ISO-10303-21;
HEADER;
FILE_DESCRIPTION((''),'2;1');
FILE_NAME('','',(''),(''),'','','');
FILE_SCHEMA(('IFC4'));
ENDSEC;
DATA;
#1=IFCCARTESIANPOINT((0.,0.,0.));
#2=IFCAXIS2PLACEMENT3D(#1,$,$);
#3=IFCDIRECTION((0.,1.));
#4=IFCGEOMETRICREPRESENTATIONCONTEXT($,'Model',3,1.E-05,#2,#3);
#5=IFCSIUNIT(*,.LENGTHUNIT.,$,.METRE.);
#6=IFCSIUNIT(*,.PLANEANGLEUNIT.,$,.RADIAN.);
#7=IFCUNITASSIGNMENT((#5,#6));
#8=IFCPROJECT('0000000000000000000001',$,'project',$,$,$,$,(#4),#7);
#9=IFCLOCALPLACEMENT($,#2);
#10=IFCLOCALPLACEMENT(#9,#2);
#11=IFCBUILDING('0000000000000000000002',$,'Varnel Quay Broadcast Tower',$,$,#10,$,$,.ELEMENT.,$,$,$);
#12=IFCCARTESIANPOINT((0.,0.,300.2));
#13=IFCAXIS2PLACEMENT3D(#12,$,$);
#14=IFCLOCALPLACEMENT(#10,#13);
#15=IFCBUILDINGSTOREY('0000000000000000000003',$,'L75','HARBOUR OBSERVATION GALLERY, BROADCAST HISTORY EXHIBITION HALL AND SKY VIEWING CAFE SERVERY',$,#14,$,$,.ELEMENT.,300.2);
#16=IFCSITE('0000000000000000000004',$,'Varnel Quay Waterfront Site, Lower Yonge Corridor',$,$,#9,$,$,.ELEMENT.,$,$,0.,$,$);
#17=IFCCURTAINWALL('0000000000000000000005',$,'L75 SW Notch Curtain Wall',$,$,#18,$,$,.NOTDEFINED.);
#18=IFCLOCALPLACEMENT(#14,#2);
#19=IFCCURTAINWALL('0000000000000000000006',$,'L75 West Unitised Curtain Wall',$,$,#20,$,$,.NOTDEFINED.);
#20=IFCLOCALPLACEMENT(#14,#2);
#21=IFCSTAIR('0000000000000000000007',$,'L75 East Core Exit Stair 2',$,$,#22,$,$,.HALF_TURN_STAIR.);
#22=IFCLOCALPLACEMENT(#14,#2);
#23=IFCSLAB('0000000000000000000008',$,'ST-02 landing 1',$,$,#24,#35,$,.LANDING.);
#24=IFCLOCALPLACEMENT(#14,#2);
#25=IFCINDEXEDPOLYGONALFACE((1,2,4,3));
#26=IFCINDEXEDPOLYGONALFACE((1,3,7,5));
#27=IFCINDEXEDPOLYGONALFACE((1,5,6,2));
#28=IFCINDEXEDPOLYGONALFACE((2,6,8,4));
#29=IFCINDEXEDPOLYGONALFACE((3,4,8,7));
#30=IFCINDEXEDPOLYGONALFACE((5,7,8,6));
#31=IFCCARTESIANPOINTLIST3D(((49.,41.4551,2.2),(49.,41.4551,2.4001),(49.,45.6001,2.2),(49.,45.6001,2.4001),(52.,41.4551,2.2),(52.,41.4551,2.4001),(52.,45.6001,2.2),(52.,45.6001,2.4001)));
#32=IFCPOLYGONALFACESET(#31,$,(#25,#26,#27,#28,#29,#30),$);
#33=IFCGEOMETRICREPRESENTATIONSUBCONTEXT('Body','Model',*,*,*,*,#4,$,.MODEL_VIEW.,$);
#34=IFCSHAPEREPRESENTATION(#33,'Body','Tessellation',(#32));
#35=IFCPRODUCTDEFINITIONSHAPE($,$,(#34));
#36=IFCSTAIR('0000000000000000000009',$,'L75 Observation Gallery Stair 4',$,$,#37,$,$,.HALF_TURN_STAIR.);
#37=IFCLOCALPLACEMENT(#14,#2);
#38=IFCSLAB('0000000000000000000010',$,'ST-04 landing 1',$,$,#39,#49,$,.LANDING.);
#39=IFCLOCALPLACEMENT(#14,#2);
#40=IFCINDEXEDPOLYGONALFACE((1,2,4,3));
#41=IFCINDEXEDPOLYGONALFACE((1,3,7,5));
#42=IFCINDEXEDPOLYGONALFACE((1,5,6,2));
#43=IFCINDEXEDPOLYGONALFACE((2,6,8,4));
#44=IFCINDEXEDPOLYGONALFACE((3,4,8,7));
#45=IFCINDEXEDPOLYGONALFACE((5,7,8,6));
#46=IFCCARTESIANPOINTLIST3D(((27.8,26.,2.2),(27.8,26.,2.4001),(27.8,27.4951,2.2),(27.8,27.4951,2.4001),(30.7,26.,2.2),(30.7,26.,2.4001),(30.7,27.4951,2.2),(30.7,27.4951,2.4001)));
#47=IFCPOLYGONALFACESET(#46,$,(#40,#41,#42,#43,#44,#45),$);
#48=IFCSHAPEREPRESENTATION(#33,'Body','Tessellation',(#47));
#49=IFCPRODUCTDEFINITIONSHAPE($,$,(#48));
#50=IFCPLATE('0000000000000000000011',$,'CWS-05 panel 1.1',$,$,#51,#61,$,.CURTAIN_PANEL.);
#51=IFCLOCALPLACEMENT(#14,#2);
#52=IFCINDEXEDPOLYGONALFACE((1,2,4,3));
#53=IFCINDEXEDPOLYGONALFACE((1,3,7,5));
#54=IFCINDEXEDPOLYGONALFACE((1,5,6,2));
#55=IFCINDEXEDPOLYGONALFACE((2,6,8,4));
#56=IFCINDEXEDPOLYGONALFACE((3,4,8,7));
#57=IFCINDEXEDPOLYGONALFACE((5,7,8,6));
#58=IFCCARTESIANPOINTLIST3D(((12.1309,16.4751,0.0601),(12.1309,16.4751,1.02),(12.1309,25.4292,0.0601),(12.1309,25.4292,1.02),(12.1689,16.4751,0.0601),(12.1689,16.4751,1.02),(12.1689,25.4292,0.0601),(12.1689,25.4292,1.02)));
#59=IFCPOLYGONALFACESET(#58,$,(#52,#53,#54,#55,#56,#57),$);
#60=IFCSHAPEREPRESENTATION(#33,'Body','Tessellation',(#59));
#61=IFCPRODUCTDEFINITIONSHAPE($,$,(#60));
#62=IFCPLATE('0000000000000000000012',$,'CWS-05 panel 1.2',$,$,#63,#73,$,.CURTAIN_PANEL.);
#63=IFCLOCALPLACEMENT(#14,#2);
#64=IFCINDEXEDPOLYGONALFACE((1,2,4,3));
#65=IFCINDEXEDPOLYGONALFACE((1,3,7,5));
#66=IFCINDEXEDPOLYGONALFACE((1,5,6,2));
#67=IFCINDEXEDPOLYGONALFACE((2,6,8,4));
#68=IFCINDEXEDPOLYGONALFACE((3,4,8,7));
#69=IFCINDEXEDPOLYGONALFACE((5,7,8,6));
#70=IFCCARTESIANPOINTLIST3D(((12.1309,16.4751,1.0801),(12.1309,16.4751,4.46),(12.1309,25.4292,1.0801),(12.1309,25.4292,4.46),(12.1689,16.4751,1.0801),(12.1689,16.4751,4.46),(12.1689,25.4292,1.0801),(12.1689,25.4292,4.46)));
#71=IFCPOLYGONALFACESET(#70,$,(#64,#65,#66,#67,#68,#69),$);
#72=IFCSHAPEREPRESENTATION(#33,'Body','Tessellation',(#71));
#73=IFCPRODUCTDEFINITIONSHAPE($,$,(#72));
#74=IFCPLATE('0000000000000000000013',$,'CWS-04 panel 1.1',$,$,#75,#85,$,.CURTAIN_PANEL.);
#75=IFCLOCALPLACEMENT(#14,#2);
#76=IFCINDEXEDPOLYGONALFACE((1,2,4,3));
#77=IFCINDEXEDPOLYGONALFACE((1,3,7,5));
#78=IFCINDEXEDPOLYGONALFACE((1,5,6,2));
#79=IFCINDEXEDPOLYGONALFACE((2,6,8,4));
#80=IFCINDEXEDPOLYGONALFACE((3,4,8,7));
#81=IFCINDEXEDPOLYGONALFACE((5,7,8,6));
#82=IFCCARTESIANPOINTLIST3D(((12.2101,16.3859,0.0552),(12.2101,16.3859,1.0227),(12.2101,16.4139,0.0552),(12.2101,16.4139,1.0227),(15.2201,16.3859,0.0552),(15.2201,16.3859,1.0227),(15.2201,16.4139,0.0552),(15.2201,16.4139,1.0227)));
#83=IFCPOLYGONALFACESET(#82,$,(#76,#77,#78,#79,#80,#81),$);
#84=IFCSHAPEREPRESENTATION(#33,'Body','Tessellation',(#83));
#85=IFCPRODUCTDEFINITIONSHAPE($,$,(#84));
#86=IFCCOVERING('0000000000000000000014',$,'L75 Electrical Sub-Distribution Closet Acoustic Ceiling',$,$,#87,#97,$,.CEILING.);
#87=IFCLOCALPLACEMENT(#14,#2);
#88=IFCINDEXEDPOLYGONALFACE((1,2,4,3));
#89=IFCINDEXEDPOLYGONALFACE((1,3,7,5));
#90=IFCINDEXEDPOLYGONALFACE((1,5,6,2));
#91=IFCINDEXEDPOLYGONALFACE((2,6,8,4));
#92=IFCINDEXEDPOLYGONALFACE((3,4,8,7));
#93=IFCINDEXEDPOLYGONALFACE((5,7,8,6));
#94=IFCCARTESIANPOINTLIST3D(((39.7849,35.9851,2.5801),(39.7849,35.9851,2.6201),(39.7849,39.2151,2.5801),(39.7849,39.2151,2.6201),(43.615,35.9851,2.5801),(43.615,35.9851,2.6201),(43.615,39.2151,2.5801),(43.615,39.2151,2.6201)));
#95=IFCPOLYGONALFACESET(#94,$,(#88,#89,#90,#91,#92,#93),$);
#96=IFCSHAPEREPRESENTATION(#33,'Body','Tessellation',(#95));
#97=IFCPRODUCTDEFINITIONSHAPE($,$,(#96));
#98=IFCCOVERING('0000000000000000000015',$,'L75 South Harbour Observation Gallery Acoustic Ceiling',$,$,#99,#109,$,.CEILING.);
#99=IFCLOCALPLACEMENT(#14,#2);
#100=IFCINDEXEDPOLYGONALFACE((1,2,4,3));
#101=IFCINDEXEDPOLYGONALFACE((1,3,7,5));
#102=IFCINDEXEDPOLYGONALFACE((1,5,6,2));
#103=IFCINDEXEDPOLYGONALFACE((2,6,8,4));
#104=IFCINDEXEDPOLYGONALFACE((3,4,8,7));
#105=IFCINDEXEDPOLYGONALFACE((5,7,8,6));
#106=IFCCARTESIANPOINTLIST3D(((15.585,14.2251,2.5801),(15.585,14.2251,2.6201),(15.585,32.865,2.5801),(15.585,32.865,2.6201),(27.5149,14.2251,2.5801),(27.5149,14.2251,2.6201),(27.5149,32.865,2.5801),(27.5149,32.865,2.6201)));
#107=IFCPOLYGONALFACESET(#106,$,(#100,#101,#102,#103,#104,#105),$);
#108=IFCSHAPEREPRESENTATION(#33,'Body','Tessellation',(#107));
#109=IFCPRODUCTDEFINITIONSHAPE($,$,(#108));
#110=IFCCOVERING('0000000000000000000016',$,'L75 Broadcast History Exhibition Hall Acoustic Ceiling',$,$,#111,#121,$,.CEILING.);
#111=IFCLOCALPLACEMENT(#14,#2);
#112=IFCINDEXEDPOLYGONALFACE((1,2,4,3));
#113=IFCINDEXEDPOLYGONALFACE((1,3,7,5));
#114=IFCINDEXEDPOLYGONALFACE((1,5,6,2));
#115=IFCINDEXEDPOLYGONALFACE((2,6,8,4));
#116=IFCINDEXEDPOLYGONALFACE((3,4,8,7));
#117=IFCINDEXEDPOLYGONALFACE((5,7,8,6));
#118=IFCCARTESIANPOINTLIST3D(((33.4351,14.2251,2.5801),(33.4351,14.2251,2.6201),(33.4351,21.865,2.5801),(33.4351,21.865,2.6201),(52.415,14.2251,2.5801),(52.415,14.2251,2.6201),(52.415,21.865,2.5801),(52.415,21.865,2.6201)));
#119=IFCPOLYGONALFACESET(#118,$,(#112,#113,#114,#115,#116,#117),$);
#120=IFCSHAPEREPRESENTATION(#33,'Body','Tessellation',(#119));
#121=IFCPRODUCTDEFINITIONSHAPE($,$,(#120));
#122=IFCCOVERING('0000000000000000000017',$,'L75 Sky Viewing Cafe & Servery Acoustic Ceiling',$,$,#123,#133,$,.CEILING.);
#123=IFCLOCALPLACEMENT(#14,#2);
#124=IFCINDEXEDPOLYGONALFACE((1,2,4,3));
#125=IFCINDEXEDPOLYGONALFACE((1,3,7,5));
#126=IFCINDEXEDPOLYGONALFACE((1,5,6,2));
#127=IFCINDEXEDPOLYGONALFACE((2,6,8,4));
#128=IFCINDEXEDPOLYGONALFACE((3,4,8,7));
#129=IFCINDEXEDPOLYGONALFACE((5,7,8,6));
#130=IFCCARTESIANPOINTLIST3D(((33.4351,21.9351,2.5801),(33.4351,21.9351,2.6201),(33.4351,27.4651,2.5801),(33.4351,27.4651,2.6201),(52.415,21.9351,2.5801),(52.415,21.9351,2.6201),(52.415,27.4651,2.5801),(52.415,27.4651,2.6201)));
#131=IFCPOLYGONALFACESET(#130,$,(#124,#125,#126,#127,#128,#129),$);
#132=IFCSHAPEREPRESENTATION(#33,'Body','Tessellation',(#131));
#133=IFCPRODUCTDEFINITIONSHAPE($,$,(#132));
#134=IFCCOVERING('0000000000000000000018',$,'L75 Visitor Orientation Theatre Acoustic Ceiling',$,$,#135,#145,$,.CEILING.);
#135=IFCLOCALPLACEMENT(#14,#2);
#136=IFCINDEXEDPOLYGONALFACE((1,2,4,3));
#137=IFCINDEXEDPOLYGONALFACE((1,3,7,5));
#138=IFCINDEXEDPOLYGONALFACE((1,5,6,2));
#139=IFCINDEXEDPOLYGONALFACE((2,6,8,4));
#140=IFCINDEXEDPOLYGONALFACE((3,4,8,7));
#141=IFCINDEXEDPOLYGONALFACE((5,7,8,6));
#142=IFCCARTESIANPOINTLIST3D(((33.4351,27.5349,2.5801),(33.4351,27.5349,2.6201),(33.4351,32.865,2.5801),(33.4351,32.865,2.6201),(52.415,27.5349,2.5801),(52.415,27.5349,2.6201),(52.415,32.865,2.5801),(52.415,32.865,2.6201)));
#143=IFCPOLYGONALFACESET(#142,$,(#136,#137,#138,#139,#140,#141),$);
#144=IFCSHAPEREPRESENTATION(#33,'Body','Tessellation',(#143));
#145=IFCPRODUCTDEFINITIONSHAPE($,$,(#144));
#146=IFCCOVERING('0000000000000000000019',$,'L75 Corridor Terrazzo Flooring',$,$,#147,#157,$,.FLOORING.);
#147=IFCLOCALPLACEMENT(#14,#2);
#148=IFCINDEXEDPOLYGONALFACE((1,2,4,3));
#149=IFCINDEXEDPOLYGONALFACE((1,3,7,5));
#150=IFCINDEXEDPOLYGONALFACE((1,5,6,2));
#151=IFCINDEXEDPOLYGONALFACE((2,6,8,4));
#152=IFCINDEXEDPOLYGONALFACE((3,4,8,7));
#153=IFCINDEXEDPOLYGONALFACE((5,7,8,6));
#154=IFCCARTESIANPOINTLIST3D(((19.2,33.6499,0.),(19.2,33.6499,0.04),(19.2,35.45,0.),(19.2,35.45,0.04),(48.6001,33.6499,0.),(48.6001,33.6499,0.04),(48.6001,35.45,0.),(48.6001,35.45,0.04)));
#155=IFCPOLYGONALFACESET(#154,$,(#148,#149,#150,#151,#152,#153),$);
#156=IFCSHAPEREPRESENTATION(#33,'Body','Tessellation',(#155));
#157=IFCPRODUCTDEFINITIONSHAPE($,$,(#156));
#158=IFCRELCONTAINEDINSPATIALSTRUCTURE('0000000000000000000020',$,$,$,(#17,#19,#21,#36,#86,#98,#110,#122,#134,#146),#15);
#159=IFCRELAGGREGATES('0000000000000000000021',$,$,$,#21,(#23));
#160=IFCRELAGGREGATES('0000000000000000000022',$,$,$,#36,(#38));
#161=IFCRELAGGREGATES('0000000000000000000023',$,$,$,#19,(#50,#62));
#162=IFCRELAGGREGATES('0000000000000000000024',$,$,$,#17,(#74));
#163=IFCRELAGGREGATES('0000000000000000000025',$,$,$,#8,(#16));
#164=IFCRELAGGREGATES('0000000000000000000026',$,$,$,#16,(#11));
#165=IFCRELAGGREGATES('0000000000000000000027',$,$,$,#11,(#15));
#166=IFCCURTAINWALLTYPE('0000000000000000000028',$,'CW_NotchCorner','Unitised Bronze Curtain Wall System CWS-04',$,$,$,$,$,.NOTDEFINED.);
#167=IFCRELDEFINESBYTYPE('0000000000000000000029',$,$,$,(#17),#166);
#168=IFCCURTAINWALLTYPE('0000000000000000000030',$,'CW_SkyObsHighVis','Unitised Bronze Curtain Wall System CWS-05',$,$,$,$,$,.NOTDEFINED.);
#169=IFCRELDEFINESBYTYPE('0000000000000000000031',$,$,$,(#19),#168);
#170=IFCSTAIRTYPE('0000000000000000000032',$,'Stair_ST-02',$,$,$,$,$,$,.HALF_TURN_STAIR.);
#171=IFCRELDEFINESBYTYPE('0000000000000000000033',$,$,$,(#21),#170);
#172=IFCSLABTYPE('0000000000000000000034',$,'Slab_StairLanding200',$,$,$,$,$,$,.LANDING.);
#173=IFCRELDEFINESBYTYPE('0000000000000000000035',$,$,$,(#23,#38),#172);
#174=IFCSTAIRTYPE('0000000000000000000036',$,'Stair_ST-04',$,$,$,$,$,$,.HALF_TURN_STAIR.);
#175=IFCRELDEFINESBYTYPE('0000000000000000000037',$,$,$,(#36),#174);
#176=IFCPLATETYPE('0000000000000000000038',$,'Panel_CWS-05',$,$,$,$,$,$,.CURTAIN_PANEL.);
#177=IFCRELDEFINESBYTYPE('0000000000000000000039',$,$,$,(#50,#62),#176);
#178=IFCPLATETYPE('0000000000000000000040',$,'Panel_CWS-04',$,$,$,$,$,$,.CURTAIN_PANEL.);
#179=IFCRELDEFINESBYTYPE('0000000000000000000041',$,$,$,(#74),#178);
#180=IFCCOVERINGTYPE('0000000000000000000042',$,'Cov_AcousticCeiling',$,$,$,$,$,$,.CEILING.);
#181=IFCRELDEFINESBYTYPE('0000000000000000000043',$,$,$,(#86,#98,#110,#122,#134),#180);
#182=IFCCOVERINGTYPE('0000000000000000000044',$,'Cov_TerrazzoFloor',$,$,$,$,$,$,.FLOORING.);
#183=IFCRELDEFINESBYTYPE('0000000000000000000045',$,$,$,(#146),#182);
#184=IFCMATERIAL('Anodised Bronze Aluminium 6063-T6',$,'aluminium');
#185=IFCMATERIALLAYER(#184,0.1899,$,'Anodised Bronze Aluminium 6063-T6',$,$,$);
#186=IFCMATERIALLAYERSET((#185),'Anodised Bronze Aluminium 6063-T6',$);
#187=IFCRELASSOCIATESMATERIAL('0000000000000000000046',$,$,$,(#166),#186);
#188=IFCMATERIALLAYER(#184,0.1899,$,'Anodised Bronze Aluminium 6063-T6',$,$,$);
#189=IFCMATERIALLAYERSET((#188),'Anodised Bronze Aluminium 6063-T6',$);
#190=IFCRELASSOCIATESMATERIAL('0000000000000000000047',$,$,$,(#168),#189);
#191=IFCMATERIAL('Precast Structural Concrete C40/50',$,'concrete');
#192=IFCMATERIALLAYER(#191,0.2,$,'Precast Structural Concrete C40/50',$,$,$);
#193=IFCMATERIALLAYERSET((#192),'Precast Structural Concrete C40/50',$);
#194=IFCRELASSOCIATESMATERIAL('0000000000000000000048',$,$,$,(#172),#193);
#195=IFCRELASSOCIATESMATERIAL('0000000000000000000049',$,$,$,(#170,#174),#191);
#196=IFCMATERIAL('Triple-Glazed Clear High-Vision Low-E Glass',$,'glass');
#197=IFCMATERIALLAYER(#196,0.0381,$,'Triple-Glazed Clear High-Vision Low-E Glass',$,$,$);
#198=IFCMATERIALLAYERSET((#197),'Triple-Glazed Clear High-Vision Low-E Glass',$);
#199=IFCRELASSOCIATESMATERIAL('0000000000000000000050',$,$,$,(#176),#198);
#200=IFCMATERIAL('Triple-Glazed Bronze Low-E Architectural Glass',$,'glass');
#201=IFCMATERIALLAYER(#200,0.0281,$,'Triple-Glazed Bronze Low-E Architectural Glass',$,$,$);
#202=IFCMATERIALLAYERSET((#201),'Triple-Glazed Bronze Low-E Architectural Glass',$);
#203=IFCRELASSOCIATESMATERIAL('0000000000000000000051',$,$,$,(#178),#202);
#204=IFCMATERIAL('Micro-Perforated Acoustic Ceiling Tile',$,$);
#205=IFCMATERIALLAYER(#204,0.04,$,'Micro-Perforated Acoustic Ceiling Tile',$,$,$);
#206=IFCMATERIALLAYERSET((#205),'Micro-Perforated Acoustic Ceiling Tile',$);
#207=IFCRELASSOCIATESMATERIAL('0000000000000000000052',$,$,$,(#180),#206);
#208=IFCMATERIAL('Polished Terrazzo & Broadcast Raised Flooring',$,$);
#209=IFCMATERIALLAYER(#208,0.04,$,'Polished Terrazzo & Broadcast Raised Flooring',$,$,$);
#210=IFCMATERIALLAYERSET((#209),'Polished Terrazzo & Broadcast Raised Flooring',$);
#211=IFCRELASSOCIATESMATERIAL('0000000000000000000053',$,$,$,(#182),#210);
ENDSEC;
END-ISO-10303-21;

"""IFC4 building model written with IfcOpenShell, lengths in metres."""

from ifc_helpers import new_model, si_unit, direction, frame, origin, origin_2d, place, context, subcontext, project, spatial, polyline, rectangle, outline, extrude, source, transform, mapped, material, layer, layer_set, type_object, type_shapes, element, aggregate, save


model = new_model("IFC4")

# Units and contexts
model_context = context("Model", 3, precision=1e-05, world=origin(), true_north=direction((0.0, 1.0)))
body_context = subcontext(model_context, "Body", "Model", "MODEL_VIEW")
ifc_project = project(units=[si_unit("LENGTHUNIT", "METRE"), si_unit("PLANEANGLEUNIT", "RADIAN")], contexts=[model_context])

# Site, building, storey
site_placement = place(None, origin())
site = spatial("IfcSite", under=ifc_project, at=site_placement, Name="Varnel Quay Waterfront Site, Lower Yonge Corridor", CompositionType="ELEMENT", RefElevation=0.0)
building_placement = place(site_placement, origin())
building = spatial("IfcBuilding", under=site, at=building_placement, Name="Varnel Quay Broadcast Tower", CompositionType="ELEMENT")
storey_placement = place(building_placement, frame((0.0, 0.0, 300.2)))
storey = spatial("IfcBuildingStorey", under=building, at=storey_placement, Name="L75", Description="HARBOUR OBSERVATION GALLERY, BROADCAST HISTORY EXHIBITION HALL AND SKY VIEWING CAFE SERVERY", CompositionType="ELEMENT", Elevation=300.2)

# Curtain walls
ifc_material_1 = material(Name="Anodised Bronze Aluminium 6063-T6", Category="aluminium")
ifc_layer_1 = layer(ifc_material_1, 0.1899, Name="Anodised Bronze Aluminium 6063-T6")
ifc_layer_set_1 = layer_set([ifc_layer_1], Name="Anodised Bronze Aluminium 6063-T6")
curtain_wall_type_1 = type_object("IfcCurtainWallType", Name="CW_NotchCorner", Description="Unitised Bronze Curtain Wall System CWS-04", PredefinedType="NOTDEFINED", material=ifc_layer_set_1)
curtain_wall_1_placement = place(storey_placement, origin())
curtain_wall_1 = element("IfcCurtainWall", 1, at=curtain_wall_1_placement, inside=storey, type_object=curtain_wall_type_1, Name="L75 SW Notch Curtain Wall", PredefinedType="NOTDEFINED")
ifc_layer_2 = layer(ifc_material_1, 0.1899, Name="Anodised Bronze Aluminium 6063-T6")
ifc_layer_set_2 = layer_set([ifc_layer_2], Name="Anodised Bronze Aluminium 6063-T6")
curtain_wall_type_2 = type_object("IfcCurtainWallType", Name="CW_SkyObsHighVis", Description="Unitised Bronze Curtain Wall System CWS-05", PredefinedType="NOTDEFINED", material=ifc_layer_set_2)
curtain_wall_2_placement = place(storey_placement, origin())
curtain_wall_2 = element("IfcCurtainWall", 2, at=curtain_wall_2_placement, inside=storey, type_object=curtain_wall_type_2, Name="L75 West Unitised Curtain Wall", PredefinedType="NOTDEFINED")

# Stairs, slabs
ifc_material_2 = material(Name="Precast Structural Concrete C40/50", Category="concrete")
ifc_layer_3 = layer(ifc_material_2, 0.2, Name="Precast Structural Concrete C40/50")
ifc_layer_set_3 = layer_set([ifc_layer_3], Name="Precast Structural Concrete C40/50")
slab_type_1 = type_object("IfcSlabType", Name="Slab_StairLanding200", PredefinedType="LANDING", material=ifc_layer_set_3)
stair_type_1 = type_object("IfcStairType", Name="Stair_ST-02", PredefinedType="HALF_TURN_STAIR", material=ifc_material_2)
stair_1_placement = place(storey_placement, origin())
stair_1 = element("IfcStair", 3, at=stair_1_placement, inside=storey, type_object=stair_type_1, Name="L75 East Core Exit Stair 2", PredefinedType="HALF_TURN_STAIR")
slab_1_placement = place(storey_placement, frame((0.0, 0.0, 2.2)))
slab_1 = element("IfcSlab", 4, at=slab_1_placement, type_object=slab_type_1, Name="ST-02 landing 1", PredefinedType="LANDING", context=body_context, shape_type="SweptSolid", body=[
    extrude(outline(polyline([(52.0, 41.4551), (52.0, 45.6001), (49.0, 45.6001), (49.0, 41.4551), (52.0, 41.4551)])), origin(), (0.0, 0.0, 1.0), 0.2002),
])
aggregate(stair_1, [slab_1])
stair_type_2 = type_object("IfcStairType", Name="Stair_ST-04", PredefinedType="HALF_TURN_STAIR", material=ifc_material_2)
stair_2_placement = place(storey_placement, origin())
stair_2 = element("IfcStair", 5, at=stair_2_placement, inside=storey, type_object=stair_type_2, Name="L75 Observation Gallery Stair 4", PredefinedType="HALF_TURN_STAIR")
slab_2_placement = place(storey_placement, frame((0.0, 0.0, 2.2)))
slab_2 = element("IfcSlab", 6, at=slab_2_placement, type_object=slab_type_1, Name="ST-04 landing 1", PredefinedType="LANDING", context=body_context, shape_type="SweptSolid", body=[
    extrude(outline(polyline([(27.8, 27.4951), (27.8, 26.0), (30.7, 26.0), (30.7, 27.4951), (27.8, 27.4951)])), origin(), (0.0, 0.0, 1.0), 0.2002),
])
aggregate(stair_2, [slab_2])

# Plates
ifc_material_3 = material(Name="Triple-Glazed Clear High-Vision Low-E Glass", Category="glass")
ifc_layer_4 = layer(ifc_material_3, 0.0381, Name="Triple-Glazed Clear High-Vision Low-E Glass")
ifc_layer_set_4 = layer_set([ifc_layer_4], Name="Triple-Glazed Clear High-Vision Low-E Glass")
plate_type_1 = type_object("IfcPlateType", Name="Panel_CWS-05", PredefinedType="CURTAIN_PANEL", material=ifc_layer_set_4)
shared_shape_1 = source(origin(), body_context, "Body", "SweptSolid", [
    extrude(rectangle(XDim=8.9541, YDim=0.0381, at=origin_2d()), origin(), (0.0, 0.0, 1.0), 0.96),
])
plate_1_placement = place(storey_placement, frame((12.1499, 20.9521, 0.0601), z_axis=(0.0, 0.0, 1.0), x_axis=(0.0, 1.0, 0.0)))
plate_1 = element("IfcPlate", 7, at=plate_1_placement, type_object=plate_type_1, Name="CWS-05 panel 1.1", PredefinedType="CURTAIN_PANEL", context=body_context, shape_type="MappedRepresentation", body=[
    mapped(shared_shape_1, transform((0.0, 0.0, 0.0), x_axis=(1.0, 0.0, 0.0), y_axis=(0.0, 1.0, 0.0), z_axis=(0.0, 0.0, 1.0), scale=1.0)),
])
shared_shape_2 = source(origin(), body_context, "Body", "SweptSolid", [
    extrude(rectangle(XDim=8.9541, YDim=0.0381, at=origin_2d()), origin(), (0.0, 0.0, 1.0), 3.3799),
])
type_shapes(plate_type_1, [shared_shape_1, shared_shape_2])
plate_2_placement = place(storey_placement, frame((12.1499, 20.9521, 1.0801), z_axis=(0.0, 0.0, 1.0), x_axis=(0.0, 1.0, 0.0)))
plate_2 = element("IfcPlate", 8, at=plate_2_placement, type_object=plate_type_1, Name="CWS-05 panel 1.2", PredefinedType="CURTAIN_PANEL", context=body_context, shape_type="MappedRepresentation", body=[
    mapped(shared_shape_2, transform((0.0, 0.0, 0.0), x_axis=(1.0, 0.0, 0.0), y_axis=(0.0, 1.0, 0.0), z_axis=(0.0, 0.0, 1.0), scale=1.0)),
])
aggregate(curtain_wall_2, [plate_1, plate_2])
ifc_material_4 = material(Name="Triple-Glazed Bronze Low-E Architectural Glass", Category="glass")
ifc_layer_5 = layer(ifc_material_4, 0.0281, Name="Triple-Glazed Bronze Low-E Architectural Glass")
ifc_layer_set_5 = layer_set([ifc_layer_5], Name="Triple-Glazed Bronze Low-E Architectural Glass")
plate_type_2 = type_object("IfcPlateType", Name="Panel_CWS-04", PredefinedType="CURTAIN_PANEL", material=ifc_layer_set_5)
shared_shape_3 = source(origin(), body_context, "Body", "SweptSolid", [
    extrude(rectangle(XDim=3.01, YDim=0.0281, at=origin_2d()), origin(), (0.0, 0.0, 1.0), 0.9675),
])
type_shapes(plate_type_2, [shared_shape_3])
plate_3_placement = place(storey_placement, frame((13.7151, 16.3999, 0.0552), z_axis=(0.0, 0.0, 1.0), x_axis=(1.0, 0.0, 0.0)))
plate_3 = element("IfcPlate", 9, at=plate_3_placement, type_object=plate_type_2, Name="CWS-04 panel 1.1", PredefinedType="CURTAIN_PANEL", context=body_context, shape_type="MappedRepresentation", body=[
    mapped(shared_shape_3, transform((0.0, 0.0, 0.0), x_axis=(1.0, 0.0, 0.0), y_axis=(0.0, 1.0, 0.0), z_axis=(0.0, 0.0, 1.0), scale=1.0)),
])
aggregate(curtain_wall_1, [plate_3])

# Coverings
ifc_material_5 = material(Name="Micro-Perforated Acoustic Ceiling Tile")
ifc_layer_6 = layer(ifc_material_5, 0.04, Name="Micro-Perforated Acoustic Ceiling Tile")
ifc_layer_set_6 = layer_set([ifc_layer_6], Name="Micro-Perforated Acoustic Ceiling Tile")
covering_type_1 = type_object("IfcCoveringType", Name="Cov_AcousticCeiling", PredefinedType="CEILING", material=ifc_layer_set_6)
covering_1_placement = place(storey_placement, frame((0.0, 0.0, 2.5801)))
element("IfcCovering", 10, at=covering_1_placement, inside=storey, type_object=covering_type_1, Name="L75 Electrical Sub-Distribution Closet Acoustic Ceiling", PredefinedType="CEILING", context=body_context, shape_type="SweptSolid", body=[
    extrude(outline(polyline([(39.7849, 35.9851), (43.615, 35.9851), (43.615, 39.2151), (39.7849, 39.2151), (39.7849, 35.9851)])), origin(), (0.0, 0.0, 1.0), 0.04),
])
covering_2_placement = place(storey_placement, frame((0.0, 0.0, 2.5801)))
element("IfcCovering", 11, at=covering_2_placement, inside=storey, type_object=covering_type_1, Name="L75 South Harbour Observation Gallery Acoustic Ceiling", PredefinedType="CEILING", context=body_context, shape_type="SweptSolid", body=[
    extrude(outline(polyline([(15.585, 14.2251), (27.5149, 14.2251), (27.5149, 32.865), (15.585, 32.865), (15.585, 14.2251)])), origin(), (0.0, 0.0, 1.0), 0.04),
])
covering_3_placement = place(storey_placement, frame((0.0, 0.0, 2.5801)))
element("IfcCovering", 12, at=covering_3_placement, inside=storey, type_object=covering_type_1, Name="L75 Broadcast History Exhibition Hall Acoustic Ceiling", PredefinedType="CEILING", context=body_context, shape_type="SweptSolid", body=[
    extrude(outline(polyline([(33.4351, 14.2251), (52.415, 14.2251), (52.415, 21.865), (33.4351, 21.865), (33.4351, 14.2251)])), origin(), (0.0, 0.0, 1.0), 0.04),
])
covering_4_placement = place(storey_placement, frame((0.0, 0.0, 2.5801)))
element("IfcCovering", 13, at=covering_4_placement, inside=storey, type_object=covering_type_1, Name="L75 Sky Viewing Cafe & Servery Acoustic Ceiling", PredefinedType="CEILING", context=body_context, shape_type="SweptSolid", body=[
    extrude(outline(polyline([(33.4351, 21.9351), (52.415, 21.9351), (52.415, 27.4651), (33.4351, 27.4651), (33.4351, 21.9351)])), origin(), (0.0, 0.0, 1.0), 0.04),
])
covering_5_placement = place(storey_placement, frame((0.0, 0.0, 2.5801)))
element("IfcCovering", 14, at=covering_5_placement, inside=storey, type_object=covering_type_1, Name="L75 Visitor Orientation Theatre Acoustic Ceiling", PredefinedType="CEILING", context=body_context, shape_type="SweptSolid", body=[
    extrude(outline(polyline([(33.4351, 27.5349), (52.415, 27.5349), (52.415, 32.865), (33.4351, 32.865), (33.4351, 27.5349)])), origin(), (0.0, 0.0, 1.0), 0.04),
])
ifc_material_6 = material(Name="Polished Terrazzo & Broadcast Raised Flooring")
ifc_layer_7 = layer(ifc_material_6, 0.04, Name="Polished Terrazzo & Broadcast Raised Flooring")
ifc_layer_set_7 = layer_set([ifc_layer_7], Name="Polished Terrazzo & Broadcast Raised Flooring")
covering_type_2 = type_object("IfcCoveringType", Name="Cov_TerrazzoFloor", PredefinedType="FLOORING", material=ifc_layer_set_7)
covering_6_placement = place(storey_placement, origin())
element("IfcCovering", 15, at=covering_6_placement, inside=storey, type_object=covering_type_2, Name="L75 Corridor Terrazzo Flooring", PredefinedType="FLOORING", context=body_context, shape_type="SweptSolid", body=[
    extrude(outline(polyline([(19.2, 33.6499), (48.6001, 33.6499), (48.6001, 35.45), (19.2, 35.45), (19.2, 33.6499)])), origin(), (0.0, 0.0, 1.0), 0.04),
])

save(model, "model.ifc")
